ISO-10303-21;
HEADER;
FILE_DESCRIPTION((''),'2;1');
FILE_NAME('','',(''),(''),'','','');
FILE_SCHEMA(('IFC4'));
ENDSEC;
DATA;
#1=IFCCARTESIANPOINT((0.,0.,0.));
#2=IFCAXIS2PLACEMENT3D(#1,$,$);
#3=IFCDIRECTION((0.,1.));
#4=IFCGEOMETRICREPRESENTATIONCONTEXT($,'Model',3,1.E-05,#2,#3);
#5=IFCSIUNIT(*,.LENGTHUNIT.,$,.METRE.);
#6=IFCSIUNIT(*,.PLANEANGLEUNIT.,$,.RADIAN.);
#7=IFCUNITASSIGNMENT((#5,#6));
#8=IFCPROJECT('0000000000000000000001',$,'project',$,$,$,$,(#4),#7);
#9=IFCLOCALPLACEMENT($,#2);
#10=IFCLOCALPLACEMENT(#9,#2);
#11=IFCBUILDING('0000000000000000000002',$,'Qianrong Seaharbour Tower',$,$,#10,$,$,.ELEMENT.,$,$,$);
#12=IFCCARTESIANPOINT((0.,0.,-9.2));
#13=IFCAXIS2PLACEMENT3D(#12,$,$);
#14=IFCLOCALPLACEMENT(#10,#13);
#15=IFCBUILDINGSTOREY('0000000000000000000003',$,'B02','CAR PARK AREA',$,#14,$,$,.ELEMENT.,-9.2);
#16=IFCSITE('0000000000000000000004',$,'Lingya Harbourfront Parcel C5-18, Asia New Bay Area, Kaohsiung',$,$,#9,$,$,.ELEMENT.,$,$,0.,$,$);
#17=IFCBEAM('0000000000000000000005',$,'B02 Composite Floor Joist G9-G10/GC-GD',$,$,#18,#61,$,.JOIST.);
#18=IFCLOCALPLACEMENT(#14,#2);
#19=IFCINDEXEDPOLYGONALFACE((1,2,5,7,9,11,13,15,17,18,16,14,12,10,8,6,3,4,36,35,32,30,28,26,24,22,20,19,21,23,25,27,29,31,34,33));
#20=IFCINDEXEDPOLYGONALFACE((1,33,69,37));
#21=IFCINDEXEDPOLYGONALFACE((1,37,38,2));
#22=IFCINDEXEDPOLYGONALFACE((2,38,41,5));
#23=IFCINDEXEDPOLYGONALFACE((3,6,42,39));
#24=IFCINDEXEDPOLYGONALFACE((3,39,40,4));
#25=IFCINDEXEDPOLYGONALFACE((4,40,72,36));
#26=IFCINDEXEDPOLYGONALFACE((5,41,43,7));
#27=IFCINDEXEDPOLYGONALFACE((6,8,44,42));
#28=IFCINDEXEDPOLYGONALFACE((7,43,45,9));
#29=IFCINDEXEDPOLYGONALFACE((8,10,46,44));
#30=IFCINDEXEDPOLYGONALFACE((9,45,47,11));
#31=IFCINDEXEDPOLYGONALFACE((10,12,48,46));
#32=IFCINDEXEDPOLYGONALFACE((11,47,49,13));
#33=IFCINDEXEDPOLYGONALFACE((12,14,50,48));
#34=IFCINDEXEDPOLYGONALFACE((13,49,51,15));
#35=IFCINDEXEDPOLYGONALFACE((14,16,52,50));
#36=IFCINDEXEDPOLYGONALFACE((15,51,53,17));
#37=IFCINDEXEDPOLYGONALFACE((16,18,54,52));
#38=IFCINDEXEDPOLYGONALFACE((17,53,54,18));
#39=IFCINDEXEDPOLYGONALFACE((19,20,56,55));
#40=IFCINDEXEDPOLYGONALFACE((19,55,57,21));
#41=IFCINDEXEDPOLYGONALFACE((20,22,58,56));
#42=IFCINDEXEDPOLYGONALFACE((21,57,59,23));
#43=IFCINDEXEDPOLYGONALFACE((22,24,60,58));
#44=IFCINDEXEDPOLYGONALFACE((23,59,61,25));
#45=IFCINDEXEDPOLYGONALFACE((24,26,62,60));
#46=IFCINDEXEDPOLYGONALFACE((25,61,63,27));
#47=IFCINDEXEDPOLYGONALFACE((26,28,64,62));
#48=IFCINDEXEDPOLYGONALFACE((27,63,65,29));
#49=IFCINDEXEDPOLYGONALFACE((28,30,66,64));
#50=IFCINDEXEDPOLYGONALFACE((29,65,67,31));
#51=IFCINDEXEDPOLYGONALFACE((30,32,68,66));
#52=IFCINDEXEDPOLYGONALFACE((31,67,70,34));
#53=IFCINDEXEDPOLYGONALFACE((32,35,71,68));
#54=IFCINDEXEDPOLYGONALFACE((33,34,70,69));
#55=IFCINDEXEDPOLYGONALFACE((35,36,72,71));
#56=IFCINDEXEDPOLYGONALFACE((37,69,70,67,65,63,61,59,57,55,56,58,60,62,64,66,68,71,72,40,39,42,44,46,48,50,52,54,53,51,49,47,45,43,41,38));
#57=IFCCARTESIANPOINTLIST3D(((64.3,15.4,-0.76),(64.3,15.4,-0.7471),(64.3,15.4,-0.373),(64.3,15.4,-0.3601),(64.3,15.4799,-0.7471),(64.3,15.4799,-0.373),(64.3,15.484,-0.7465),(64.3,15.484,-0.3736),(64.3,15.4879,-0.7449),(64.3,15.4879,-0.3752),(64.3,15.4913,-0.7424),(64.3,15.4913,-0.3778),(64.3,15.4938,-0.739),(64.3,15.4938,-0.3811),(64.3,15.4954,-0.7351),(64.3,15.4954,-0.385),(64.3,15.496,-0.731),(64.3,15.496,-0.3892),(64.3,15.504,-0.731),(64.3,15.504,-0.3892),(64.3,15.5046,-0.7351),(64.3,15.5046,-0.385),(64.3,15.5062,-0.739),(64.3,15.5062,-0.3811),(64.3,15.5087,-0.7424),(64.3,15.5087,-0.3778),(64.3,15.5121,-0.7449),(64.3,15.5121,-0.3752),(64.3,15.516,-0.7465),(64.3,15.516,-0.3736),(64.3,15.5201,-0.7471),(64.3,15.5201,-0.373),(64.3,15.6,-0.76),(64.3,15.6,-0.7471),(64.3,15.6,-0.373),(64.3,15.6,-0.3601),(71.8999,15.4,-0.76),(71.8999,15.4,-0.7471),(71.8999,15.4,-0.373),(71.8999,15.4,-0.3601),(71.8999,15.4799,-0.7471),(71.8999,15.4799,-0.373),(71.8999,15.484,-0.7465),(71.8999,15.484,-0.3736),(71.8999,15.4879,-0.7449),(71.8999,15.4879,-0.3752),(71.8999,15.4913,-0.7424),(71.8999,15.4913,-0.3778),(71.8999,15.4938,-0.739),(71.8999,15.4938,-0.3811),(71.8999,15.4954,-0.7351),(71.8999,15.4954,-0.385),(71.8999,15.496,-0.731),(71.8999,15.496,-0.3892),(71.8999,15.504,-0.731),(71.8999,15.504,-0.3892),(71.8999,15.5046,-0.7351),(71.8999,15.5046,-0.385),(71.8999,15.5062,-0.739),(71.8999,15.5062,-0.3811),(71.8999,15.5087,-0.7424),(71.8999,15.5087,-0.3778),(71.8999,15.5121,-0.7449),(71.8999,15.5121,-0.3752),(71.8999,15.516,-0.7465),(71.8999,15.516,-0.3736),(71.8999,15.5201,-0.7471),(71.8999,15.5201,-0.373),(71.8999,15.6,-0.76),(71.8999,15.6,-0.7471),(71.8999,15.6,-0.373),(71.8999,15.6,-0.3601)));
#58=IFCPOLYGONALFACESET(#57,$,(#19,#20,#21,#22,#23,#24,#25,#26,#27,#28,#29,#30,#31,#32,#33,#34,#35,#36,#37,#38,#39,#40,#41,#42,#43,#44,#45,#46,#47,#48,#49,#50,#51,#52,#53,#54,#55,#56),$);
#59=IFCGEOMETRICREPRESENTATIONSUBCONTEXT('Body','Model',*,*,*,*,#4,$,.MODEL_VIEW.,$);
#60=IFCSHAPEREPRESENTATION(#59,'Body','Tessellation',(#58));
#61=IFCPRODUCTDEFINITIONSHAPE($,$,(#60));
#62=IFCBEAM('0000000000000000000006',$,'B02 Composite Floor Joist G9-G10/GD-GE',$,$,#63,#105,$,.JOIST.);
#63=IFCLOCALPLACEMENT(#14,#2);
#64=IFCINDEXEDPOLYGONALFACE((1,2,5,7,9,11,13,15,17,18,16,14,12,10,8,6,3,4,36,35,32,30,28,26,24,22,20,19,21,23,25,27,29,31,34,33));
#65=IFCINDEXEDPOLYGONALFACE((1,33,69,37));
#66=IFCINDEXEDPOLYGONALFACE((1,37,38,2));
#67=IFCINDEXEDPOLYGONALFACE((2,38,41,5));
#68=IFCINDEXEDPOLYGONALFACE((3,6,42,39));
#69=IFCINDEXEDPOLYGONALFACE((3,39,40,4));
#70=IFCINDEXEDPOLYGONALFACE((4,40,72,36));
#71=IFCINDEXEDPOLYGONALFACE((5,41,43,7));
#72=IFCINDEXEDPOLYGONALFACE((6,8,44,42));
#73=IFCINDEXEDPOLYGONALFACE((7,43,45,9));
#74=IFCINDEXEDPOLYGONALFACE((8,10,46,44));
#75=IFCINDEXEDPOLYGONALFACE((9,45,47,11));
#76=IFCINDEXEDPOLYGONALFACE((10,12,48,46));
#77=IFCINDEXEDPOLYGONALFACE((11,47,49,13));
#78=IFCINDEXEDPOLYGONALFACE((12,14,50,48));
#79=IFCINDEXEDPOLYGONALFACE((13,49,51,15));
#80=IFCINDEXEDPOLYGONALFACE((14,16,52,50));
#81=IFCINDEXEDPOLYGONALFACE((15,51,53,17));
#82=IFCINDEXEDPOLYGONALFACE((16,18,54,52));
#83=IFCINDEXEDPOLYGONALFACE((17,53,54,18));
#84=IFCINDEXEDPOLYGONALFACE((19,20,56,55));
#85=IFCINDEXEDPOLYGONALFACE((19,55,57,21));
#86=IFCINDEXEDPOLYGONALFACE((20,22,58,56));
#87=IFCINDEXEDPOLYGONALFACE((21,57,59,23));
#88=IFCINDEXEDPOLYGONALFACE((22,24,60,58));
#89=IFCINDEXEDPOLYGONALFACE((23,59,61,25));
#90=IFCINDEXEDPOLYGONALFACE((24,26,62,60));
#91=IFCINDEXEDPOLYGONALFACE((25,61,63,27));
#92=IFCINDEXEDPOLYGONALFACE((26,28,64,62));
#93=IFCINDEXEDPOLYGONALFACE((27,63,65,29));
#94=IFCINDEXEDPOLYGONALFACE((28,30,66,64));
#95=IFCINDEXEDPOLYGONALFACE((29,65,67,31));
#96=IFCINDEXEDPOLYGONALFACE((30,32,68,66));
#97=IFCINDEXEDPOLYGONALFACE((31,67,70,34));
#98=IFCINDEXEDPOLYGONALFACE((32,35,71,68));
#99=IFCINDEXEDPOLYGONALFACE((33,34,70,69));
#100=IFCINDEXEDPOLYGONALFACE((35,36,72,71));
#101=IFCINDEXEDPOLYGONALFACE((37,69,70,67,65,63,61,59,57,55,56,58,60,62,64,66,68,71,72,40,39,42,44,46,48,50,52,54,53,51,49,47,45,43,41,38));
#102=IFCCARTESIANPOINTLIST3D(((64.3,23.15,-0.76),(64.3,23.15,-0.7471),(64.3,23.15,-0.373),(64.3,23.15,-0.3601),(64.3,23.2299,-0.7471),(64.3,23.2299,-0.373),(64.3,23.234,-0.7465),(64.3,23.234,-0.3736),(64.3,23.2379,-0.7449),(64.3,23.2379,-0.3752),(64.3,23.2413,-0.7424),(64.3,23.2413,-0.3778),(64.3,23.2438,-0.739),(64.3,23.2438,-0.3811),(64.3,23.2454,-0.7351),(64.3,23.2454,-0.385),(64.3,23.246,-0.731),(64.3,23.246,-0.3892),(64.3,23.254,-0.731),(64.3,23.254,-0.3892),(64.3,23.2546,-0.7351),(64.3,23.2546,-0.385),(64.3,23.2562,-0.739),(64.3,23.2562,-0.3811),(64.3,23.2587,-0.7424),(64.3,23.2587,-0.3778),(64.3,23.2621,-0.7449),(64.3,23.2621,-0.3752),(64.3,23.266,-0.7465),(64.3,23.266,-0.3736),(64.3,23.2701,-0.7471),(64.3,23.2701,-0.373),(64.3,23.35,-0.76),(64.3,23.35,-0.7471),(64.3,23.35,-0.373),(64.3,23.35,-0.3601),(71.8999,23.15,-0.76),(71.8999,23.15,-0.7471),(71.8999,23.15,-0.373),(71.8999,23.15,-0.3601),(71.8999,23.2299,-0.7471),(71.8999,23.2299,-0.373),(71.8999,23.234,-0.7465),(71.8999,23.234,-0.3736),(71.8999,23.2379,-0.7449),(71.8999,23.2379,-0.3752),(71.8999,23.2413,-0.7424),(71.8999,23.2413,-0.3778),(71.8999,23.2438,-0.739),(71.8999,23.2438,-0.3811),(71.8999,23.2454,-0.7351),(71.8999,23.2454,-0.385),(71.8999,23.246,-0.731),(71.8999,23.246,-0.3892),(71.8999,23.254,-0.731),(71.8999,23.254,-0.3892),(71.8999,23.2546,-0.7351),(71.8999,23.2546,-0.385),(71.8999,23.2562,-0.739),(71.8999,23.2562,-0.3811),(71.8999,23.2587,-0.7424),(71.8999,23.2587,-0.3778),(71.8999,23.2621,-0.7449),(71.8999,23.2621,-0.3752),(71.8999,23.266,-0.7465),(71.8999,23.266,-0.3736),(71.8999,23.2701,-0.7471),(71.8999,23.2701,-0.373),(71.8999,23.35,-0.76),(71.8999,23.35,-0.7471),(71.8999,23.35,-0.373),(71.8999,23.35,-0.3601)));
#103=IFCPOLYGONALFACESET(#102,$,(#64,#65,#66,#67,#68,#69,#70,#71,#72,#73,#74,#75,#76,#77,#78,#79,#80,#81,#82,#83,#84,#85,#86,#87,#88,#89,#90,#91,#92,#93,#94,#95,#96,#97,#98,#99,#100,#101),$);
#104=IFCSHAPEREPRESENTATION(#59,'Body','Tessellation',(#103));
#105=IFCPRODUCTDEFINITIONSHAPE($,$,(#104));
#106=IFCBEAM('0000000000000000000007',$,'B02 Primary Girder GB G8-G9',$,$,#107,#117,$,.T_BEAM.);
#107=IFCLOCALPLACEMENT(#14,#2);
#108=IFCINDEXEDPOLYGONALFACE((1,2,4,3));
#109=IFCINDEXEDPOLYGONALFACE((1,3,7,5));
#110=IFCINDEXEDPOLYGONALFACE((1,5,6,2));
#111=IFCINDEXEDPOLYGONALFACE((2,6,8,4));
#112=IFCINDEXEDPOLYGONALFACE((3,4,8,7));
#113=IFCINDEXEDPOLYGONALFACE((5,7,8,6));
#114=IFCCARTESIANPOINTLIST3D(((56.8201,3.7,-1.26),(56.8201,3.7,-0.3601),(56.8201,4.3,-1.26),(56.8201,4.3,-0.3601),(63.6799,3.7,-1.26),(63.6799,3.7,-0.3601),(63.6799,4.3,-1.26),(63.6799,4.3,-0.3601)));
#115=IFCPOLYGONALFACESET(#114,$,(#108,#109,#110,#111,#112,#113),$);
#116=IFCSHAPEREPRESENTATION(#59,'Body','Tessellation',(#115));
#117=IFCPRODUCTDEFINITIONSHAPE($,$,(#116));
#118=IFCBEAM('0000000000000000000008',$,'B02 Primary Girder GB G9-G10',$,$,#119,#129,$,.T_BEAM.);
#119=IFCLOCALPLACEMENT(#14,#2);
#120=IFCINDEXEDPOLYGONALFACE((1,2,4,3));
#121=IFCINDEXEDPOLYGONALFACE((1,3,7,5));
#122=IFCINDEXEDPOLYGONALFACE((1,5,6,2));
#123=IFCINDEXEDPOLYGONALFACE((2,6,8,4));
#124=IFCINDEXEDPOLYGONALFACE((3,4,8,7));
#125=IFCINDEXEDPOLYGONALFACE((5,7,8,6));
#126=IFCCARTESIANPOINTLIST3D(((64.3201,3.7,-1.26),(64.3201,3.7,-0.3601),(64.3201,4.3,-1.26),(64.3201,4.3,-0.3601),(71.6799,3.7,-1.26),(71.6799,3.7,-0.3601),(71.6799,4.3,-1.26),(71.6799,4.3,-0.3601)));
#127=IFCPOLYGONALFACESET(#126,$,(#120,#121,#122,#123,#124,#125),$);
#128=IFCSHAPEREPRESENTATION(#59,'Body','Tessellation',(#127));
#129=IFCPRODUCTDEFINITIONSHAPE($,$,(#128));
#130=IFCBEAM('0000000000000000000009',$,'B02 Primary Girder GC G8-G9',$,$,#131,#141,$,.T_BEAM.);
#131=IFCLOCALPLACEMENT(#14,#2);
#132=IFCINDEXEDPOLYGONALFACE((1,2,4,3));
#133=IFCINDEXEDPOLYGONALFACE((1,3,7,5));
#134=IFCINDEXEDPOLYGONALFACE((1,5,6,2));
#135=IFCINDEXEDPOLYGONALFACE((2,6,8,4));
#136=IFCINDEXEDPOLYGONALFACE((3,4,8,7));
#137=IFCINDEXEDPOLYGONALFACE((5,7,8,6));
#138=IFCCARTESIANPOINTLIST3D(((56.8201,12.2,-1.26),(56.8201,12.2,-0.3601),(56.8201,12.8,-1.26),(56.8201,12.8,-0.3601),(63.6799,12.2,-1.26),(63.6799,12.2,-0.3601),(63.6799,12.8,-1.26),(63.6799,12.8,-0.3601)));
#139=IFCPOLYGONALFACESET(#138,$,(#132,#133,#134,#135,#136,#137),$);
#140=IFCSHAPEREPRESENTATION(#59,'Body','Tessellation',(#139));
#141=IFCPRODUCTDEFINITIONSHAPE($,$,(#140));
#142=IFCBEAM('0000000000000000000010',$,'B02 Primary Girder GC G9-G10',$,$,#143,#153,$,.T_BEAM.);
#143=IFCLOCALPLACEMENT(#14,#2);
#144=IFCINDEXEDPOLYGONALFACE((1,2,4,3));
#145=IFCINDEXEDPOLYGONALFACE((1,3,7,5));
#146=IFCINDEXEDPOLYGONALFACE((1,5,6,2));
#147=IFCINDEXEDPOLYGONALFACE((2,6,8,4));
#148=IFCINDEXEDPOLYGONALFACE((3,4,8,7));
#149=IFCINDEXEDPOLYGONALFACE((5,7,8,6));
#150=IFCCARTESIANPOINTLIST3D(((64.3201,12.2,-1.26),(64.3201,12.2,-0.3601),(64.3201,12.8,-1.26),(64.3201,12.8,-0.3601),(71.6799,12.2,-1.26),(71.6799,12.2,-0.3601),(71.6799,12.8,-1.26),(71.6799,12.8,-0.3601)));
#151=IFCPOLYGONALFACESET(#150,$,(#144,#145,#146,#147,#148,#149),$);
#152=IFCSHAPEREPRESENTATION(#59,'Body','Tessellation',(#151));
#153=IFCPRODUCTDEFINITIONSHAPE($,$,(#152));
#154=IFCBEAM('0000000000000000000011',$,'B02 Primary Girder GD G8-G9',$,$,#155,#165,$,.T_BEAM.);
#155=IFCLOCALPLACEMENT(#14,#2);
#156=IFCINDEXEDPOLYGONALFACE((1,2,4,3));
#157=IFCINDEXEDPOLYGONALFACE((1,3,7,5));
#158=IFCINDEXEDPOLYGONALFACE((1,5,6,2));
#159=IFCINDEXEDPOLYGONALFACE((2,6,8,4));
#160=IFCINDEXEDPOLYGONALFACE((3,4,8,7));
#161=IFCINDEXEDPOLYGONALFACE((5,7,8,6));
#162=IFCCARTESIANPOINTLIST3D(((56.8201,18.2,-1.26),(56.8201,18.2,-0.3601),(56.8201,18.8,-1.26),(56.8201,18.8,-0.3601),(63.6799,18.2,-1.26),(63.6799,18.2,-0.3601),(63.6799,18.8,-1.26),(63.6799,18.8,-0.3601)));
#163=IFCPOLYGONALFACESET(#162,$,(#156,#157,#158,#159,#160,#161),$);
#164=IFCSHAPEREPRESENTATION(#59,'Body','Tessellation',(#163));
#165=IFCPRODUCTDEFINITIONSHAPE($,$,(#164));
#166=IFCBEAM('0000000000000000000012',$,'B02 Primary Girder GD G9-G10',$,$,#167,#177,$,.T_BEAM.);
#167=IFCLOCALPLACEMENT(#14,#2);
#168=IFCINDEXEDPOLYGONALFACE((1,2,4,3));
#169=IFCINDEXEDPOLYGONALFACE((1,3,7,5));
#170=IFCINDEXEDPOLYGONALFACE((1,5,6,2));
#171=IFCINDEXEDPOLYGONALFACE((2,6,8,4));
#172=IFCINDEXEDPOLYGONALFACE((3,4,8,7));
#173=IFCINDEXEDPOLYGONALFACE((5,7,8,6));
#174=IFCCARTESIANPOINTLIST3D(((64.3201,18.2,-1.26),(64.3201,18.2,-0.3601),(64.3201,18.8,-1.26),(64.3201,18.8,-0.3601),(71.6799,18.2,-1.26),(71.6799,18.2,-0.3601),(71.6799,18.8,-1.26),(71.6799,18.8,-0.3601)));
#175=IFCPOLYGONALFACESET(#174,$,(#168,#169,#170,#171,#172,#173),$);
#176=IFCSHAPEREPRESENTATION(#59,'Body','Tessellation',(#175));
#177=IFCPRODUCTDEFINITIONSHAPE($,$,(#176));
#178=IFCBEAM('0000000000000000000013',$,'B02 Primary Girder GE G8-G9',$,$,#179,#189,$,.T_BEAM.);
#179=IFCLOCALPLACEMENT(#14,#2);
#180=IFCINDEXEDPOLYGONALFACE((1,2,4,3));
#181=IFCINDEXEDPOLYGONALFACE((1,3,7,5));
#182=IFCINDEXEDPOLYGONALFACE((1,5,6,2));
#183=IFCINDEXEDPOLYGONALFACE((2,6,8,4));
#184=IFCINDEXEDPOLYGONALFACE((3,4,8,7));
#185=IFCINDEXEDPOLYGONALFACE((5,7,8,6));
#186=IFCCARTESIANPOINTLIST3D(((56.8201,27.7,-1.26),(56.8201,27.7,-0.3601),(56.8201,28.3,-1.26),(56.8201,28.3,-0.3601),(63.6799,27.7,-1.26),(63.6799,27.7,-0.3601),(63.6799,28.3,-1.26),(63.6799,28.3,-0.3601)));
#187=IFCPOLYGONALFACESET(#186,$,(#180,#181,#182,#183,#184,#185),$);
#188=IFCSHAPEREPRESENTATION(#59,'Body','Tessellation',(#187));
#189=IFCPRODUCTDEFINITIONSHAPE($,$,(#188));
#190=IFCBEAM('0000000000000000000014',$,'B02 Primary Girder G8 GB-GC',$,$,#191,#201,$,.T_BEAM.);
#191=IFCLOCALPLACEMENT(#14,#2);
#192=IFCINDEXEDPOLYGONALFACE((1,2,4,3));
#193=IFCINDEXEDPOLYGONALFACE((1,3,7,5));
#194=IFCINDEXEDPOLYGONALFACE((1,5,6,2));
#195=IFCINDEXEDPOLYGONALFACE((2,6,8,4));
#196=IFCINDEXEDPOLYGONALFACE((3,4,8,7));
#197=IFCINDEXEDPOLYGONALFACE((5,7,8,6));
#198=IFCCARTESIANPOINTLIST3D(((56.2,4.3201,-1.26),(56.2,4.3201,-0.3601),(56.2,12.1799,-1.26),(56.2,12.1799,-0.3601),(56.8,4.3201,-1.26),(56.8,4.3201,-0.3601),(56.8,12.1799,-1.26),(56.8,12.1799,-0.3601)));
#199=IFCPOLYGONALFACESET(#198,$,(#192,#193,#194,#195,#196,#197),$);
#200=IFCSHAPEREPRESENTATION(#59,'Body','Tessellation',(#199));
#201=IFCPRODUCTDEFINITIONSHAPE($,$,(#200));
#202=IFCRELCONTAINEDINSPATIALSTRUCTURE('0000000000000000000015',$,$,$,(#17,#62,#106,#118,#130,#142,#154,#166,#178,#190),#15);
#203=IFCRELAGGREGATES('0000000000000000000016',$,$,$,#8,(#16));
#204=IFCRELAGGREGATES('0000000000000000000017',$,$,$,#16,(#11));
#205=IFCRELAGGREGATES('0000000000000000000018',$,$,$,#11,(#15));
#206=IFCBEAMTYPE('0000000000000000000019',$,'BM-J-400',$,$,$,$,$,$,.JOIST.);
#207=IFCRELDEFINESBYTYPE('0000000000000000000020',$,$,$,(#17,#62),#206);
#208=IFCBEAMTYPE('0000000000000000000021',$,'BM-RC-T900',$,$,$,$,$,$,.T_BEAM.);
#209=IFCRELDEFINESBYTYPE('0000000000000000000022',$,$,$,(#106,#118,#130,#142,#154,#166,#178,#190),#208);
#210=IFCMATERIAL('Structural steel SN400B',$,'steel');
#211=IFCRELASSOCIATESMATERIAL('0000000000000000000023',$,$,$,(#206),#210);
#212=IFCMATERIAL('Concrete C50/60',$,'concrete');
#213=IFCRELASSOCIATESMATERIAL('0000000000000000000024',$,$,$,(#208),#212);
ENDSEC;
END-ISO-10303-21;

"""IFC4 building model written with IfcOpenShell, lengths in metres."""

from ifc_helpers import new_model, si_unit, direction, frame, origin, origin_2d, place, context, subcontext, project, spatial, rectangle, i_section, extrude, material, material_profile, profile_set, type_object, element, save


model = new_model("IFC4")

# Units and contexts
model_context = context("Model", 3, precision=1e-05, world=origin(), true_north=direction((0.0, 1.0)))
body_context = subcontext(model_context, "Body", "Model", "MODEL_VIEW")
ifc_project = project(units=[si_unit("LENGTHUNIT", "METRE"), si_unit("PLANEANGLEUNIT", "RADIAN")], contexts=[model_context])

# Site, building, storey
site_placement = place(None, origin())
site = spatial("IfcSite", under=ifc_project, at=site_placement, Name="Lingya Harbourfront Parcel C5-18, Asia New Bay Area, Kaohsiung", CompositionType="ELEMENT", RefElevation=0.0)
building_placement = place(site_placement, origin())
building = spatial("IfcBuilding", under=site, at=building_placement, Name="Qianrong Seaharbour Tower", CompositionType="ELEMENT")
storey_placement = place(building_placement, frame((0.0, 0.0, -9.2)))
storey = spatial("IfcBuildingStorey", under=building, at=storey_placement, Name="B02", Description="CAR PARK AREA", CompositionType="ELEMENT", Elevation=-9.2)

# Beams
ifc_material_1 = material(Name="Structural steel SN400B", Category="steel")
ifc_material_profile_1 = material_profile(ifc_material_1, i_section(OverallWidth=0.2, OverallDepth=0.3999, WebThickness=0.0081, FlangeThickness=0.0129, FilletRadius=0.0161, at=origin_2d()), Name="H400x200x8x13")
ifc_profile_set_1 = profile_set([ifc_material_profile_1], Name="Structural steel SN400B")
beam_type_1 = type_object("IfcBeamType", Name="BM-J-400", PredefinedType="JOIST", material=ifc_profile_set_1)
for number, where, z_axis, x_axis, name in (
    (1, (64.3, 15.5, -0.5601), (1.0, 0.0, 0.0), (0.0, 1.0, 0.0), "B02 Composite Floor Joist G9-G10/GC-GD"),
    (2, (64.3, 23.25, -0.5601), (1.0, 0.0, 0.0), (0.0, 1.0, 0.0), "B02 Composite Floor Joist G9-G10/GD-GE"),
):
    element("IfcBeam", number, at=place(storey_placement, frame(where, z_axis=z_axis, x_axis=x_axis)), inside=storey, type_object=beam_type_1, Name=name, PredefinedType="JOIST", context=body_context, shape_type="SweptSolid", body=[
        extrude(i_section(OverallWidth=0.2, OverallDepth=0.3999, WebThickness=0.0081, FlangeThickness=0.0129, FilletRadius=0.0161, at=origin_2d()), origin(), (0.0, 0.0, 1.0), 7.5999),
    ])
ifc_material_2 = material(Name="Concrete C50/60", Category="concrete")
ifc_material_profile_2 = material_profile(ifc_material_2, rectangle(XDim=0.6001, YDim=0.8999, at=origin_2d()), Name="RC600x900")
ifc_profile_set_2 = profile_set([ifc_material_profile_2], Name="Concrete C50/60")
beam_type_2 = type_object("IfcBeamType", Name="BM-RC-T900", PredefinedType="T_BEAM", material=ifc_profile_set_2)
beam_1_placement = place(storey_placement, frame((56.8201, 4.0, -0.8101), z_axis=(1.0, 0.0, 0.0), x_axis=(0.0, 1.0, 0.0)))
element("IfcBeam", 3, at=beam_1_placement, inside=storey, type_object=beam_type_2, Name="B02 Primary Girder GB G8-G9", PredefinedType="T_BEAM", context=body_context, shape_type="SweptSolid", body=[
    extrude(rectangle(XDim=0.6001, YDim=0.8999, at=origin_2d()), origin(), (0.0, 0.0, 1.0), 6.8599),
])
beam_2_placement = place(storey_placement, frame((64.3201, 4.0, -0.8101), z_axis=(1.0, 0.0, 0.0), x_axis=(0.0, 1.0, 0.0)))
element("IfcBeam", 4, at=beam_2_placement, inside=storey, type_object=beam_type_2, Name="B02 Primary Girder GB G9-G10", PredefinedType="T_BEAM", context=body_context, shape_type="SweptSolid", body=[
    extrude(rectangle(XDim=0.6001, YDim=0.8999, at=origin_2d()), origin(), (0.0, 0.0, 1.0), 7.3599),
])
beam_3_placement = place(storey_placement, frame((56.8201, 12.5, -0.8101), z_axis=(1.0, 0.0, 0.0), x_axis=(0.0, 1.0, 0.0)))
element("IfcBeam", 5, at=beam_3_placement, inside=storey, type_object=beam_type_2, Name="B02 Primary Girder GC G8-G9", PredefinedType="T_BEAM", context=body_context, shape_type="SweptSolid", body=[
    extrude(rectangle(XDim=0.6001, YDim=0.8999, at=origin_2d()), origin(), (0.0, 0.0, 1.0), 6.8599),
])
beam_4_placement = place(storey_placement, frame((64.3201, 12.5, -0.8101), z_axis=(1.0, 0.0, 0.0), x_axis=(0.0, 1.0, 0.0)))
element("IfcBeam", 6, at=beam_4_placement, inside=storey, type_object=beam_type_2, Name="B02 Primary Girder GC G9-G10", PredefinedType="T_BEAM", context=body_context, shape_type="SweptSolid", body=[
    extrude(rectangle(XDim=0.6001, YDim=0.8999, at=origin_2d()), origin(), (0.0, 0.0, 1.0), 7.3599),
])
beam_5_placement = place(storey_placement, frame((56.8201, 18.5, -0.8101), z_axis=(1.0, 0.0, 0.0), x_axis=(0.0, 1.0, 0.0)))
element("IfcBeam", 7, at=beam_5_placement, inside=storey, type_object=beam_type_2, Name="B02 Primary Girder GD G8-G9", PredefinedType="T_BEAM", context=body_context, shape_type="SweptSolid", body=[
    extrude(rectangle(XDim=0.6001, YDim=0.8999, at=origin_2d()), origin(), (0.0, 0.0, 1.0), 6.8599),
])
beam_6_placement = place(storey_placement, frame((64.3201, 18.5, -0.8101), z_axis=(1.0, 0.0, 0.0), x_axis=(0.0, 1.0, 0.0)))
element("IfcBeam", 8, at=beam_6_placement, inside=storey, type_object=beam_type_2, Name="B02 Primary Girder GD G9-G10", PredefinedType="T_BEAM", context=body_context, shape_type="SweptSolid", body=[
    extrude(rectangle(XDim=0.6001, YDim=0.8999, at=origin_2d()), origin(), (0.0, 0.0, 1.0), 7.3599),
])
beam_7_placement = place(storey_placement, frame((56.8201, 28.0, -0.8101), z_axis=(1.0, 0.0, 0.0), x_axis=(0.0, 1.0, 0.0)))
element("IfcBeam", 9, at=beam_7_placement, inside=storey, type_object=beam_type_2, Name="B02 Primary Girder GE G8-G9", PredefinedType="T_BEAM", context=body_context, shape_type="SweptSolid", body=[
    extrude(rectangle(XDim=0.6001, YDim=0.8999, at=origin_2d()), origin(), (0.0, 0.0, 1.0), 6.8599),
])
beam_8_placement = place(storey_placement, frame((56.5, 4.3201, -0.8101), z_axis=(0.0, 1.0, 0.0), x_axis=(-1.0, 0.0, 0.0)))
element("IfcBeam", 10, at=beam_8_placement, inside=storey, type_object=beam_type_2, Name="B02 Primary Girder G8 GB-GC", PredefinedType="T_BEAM", context=body_context, shape_type="SweptSolid", body=[
    extrude(rectangle(XDim=0.6001, YDim=0.8999, at=origin_2d()), origin(), (0.0, 0.0, 1.0), 7.8599),
])

save(model, "model.ifc")
